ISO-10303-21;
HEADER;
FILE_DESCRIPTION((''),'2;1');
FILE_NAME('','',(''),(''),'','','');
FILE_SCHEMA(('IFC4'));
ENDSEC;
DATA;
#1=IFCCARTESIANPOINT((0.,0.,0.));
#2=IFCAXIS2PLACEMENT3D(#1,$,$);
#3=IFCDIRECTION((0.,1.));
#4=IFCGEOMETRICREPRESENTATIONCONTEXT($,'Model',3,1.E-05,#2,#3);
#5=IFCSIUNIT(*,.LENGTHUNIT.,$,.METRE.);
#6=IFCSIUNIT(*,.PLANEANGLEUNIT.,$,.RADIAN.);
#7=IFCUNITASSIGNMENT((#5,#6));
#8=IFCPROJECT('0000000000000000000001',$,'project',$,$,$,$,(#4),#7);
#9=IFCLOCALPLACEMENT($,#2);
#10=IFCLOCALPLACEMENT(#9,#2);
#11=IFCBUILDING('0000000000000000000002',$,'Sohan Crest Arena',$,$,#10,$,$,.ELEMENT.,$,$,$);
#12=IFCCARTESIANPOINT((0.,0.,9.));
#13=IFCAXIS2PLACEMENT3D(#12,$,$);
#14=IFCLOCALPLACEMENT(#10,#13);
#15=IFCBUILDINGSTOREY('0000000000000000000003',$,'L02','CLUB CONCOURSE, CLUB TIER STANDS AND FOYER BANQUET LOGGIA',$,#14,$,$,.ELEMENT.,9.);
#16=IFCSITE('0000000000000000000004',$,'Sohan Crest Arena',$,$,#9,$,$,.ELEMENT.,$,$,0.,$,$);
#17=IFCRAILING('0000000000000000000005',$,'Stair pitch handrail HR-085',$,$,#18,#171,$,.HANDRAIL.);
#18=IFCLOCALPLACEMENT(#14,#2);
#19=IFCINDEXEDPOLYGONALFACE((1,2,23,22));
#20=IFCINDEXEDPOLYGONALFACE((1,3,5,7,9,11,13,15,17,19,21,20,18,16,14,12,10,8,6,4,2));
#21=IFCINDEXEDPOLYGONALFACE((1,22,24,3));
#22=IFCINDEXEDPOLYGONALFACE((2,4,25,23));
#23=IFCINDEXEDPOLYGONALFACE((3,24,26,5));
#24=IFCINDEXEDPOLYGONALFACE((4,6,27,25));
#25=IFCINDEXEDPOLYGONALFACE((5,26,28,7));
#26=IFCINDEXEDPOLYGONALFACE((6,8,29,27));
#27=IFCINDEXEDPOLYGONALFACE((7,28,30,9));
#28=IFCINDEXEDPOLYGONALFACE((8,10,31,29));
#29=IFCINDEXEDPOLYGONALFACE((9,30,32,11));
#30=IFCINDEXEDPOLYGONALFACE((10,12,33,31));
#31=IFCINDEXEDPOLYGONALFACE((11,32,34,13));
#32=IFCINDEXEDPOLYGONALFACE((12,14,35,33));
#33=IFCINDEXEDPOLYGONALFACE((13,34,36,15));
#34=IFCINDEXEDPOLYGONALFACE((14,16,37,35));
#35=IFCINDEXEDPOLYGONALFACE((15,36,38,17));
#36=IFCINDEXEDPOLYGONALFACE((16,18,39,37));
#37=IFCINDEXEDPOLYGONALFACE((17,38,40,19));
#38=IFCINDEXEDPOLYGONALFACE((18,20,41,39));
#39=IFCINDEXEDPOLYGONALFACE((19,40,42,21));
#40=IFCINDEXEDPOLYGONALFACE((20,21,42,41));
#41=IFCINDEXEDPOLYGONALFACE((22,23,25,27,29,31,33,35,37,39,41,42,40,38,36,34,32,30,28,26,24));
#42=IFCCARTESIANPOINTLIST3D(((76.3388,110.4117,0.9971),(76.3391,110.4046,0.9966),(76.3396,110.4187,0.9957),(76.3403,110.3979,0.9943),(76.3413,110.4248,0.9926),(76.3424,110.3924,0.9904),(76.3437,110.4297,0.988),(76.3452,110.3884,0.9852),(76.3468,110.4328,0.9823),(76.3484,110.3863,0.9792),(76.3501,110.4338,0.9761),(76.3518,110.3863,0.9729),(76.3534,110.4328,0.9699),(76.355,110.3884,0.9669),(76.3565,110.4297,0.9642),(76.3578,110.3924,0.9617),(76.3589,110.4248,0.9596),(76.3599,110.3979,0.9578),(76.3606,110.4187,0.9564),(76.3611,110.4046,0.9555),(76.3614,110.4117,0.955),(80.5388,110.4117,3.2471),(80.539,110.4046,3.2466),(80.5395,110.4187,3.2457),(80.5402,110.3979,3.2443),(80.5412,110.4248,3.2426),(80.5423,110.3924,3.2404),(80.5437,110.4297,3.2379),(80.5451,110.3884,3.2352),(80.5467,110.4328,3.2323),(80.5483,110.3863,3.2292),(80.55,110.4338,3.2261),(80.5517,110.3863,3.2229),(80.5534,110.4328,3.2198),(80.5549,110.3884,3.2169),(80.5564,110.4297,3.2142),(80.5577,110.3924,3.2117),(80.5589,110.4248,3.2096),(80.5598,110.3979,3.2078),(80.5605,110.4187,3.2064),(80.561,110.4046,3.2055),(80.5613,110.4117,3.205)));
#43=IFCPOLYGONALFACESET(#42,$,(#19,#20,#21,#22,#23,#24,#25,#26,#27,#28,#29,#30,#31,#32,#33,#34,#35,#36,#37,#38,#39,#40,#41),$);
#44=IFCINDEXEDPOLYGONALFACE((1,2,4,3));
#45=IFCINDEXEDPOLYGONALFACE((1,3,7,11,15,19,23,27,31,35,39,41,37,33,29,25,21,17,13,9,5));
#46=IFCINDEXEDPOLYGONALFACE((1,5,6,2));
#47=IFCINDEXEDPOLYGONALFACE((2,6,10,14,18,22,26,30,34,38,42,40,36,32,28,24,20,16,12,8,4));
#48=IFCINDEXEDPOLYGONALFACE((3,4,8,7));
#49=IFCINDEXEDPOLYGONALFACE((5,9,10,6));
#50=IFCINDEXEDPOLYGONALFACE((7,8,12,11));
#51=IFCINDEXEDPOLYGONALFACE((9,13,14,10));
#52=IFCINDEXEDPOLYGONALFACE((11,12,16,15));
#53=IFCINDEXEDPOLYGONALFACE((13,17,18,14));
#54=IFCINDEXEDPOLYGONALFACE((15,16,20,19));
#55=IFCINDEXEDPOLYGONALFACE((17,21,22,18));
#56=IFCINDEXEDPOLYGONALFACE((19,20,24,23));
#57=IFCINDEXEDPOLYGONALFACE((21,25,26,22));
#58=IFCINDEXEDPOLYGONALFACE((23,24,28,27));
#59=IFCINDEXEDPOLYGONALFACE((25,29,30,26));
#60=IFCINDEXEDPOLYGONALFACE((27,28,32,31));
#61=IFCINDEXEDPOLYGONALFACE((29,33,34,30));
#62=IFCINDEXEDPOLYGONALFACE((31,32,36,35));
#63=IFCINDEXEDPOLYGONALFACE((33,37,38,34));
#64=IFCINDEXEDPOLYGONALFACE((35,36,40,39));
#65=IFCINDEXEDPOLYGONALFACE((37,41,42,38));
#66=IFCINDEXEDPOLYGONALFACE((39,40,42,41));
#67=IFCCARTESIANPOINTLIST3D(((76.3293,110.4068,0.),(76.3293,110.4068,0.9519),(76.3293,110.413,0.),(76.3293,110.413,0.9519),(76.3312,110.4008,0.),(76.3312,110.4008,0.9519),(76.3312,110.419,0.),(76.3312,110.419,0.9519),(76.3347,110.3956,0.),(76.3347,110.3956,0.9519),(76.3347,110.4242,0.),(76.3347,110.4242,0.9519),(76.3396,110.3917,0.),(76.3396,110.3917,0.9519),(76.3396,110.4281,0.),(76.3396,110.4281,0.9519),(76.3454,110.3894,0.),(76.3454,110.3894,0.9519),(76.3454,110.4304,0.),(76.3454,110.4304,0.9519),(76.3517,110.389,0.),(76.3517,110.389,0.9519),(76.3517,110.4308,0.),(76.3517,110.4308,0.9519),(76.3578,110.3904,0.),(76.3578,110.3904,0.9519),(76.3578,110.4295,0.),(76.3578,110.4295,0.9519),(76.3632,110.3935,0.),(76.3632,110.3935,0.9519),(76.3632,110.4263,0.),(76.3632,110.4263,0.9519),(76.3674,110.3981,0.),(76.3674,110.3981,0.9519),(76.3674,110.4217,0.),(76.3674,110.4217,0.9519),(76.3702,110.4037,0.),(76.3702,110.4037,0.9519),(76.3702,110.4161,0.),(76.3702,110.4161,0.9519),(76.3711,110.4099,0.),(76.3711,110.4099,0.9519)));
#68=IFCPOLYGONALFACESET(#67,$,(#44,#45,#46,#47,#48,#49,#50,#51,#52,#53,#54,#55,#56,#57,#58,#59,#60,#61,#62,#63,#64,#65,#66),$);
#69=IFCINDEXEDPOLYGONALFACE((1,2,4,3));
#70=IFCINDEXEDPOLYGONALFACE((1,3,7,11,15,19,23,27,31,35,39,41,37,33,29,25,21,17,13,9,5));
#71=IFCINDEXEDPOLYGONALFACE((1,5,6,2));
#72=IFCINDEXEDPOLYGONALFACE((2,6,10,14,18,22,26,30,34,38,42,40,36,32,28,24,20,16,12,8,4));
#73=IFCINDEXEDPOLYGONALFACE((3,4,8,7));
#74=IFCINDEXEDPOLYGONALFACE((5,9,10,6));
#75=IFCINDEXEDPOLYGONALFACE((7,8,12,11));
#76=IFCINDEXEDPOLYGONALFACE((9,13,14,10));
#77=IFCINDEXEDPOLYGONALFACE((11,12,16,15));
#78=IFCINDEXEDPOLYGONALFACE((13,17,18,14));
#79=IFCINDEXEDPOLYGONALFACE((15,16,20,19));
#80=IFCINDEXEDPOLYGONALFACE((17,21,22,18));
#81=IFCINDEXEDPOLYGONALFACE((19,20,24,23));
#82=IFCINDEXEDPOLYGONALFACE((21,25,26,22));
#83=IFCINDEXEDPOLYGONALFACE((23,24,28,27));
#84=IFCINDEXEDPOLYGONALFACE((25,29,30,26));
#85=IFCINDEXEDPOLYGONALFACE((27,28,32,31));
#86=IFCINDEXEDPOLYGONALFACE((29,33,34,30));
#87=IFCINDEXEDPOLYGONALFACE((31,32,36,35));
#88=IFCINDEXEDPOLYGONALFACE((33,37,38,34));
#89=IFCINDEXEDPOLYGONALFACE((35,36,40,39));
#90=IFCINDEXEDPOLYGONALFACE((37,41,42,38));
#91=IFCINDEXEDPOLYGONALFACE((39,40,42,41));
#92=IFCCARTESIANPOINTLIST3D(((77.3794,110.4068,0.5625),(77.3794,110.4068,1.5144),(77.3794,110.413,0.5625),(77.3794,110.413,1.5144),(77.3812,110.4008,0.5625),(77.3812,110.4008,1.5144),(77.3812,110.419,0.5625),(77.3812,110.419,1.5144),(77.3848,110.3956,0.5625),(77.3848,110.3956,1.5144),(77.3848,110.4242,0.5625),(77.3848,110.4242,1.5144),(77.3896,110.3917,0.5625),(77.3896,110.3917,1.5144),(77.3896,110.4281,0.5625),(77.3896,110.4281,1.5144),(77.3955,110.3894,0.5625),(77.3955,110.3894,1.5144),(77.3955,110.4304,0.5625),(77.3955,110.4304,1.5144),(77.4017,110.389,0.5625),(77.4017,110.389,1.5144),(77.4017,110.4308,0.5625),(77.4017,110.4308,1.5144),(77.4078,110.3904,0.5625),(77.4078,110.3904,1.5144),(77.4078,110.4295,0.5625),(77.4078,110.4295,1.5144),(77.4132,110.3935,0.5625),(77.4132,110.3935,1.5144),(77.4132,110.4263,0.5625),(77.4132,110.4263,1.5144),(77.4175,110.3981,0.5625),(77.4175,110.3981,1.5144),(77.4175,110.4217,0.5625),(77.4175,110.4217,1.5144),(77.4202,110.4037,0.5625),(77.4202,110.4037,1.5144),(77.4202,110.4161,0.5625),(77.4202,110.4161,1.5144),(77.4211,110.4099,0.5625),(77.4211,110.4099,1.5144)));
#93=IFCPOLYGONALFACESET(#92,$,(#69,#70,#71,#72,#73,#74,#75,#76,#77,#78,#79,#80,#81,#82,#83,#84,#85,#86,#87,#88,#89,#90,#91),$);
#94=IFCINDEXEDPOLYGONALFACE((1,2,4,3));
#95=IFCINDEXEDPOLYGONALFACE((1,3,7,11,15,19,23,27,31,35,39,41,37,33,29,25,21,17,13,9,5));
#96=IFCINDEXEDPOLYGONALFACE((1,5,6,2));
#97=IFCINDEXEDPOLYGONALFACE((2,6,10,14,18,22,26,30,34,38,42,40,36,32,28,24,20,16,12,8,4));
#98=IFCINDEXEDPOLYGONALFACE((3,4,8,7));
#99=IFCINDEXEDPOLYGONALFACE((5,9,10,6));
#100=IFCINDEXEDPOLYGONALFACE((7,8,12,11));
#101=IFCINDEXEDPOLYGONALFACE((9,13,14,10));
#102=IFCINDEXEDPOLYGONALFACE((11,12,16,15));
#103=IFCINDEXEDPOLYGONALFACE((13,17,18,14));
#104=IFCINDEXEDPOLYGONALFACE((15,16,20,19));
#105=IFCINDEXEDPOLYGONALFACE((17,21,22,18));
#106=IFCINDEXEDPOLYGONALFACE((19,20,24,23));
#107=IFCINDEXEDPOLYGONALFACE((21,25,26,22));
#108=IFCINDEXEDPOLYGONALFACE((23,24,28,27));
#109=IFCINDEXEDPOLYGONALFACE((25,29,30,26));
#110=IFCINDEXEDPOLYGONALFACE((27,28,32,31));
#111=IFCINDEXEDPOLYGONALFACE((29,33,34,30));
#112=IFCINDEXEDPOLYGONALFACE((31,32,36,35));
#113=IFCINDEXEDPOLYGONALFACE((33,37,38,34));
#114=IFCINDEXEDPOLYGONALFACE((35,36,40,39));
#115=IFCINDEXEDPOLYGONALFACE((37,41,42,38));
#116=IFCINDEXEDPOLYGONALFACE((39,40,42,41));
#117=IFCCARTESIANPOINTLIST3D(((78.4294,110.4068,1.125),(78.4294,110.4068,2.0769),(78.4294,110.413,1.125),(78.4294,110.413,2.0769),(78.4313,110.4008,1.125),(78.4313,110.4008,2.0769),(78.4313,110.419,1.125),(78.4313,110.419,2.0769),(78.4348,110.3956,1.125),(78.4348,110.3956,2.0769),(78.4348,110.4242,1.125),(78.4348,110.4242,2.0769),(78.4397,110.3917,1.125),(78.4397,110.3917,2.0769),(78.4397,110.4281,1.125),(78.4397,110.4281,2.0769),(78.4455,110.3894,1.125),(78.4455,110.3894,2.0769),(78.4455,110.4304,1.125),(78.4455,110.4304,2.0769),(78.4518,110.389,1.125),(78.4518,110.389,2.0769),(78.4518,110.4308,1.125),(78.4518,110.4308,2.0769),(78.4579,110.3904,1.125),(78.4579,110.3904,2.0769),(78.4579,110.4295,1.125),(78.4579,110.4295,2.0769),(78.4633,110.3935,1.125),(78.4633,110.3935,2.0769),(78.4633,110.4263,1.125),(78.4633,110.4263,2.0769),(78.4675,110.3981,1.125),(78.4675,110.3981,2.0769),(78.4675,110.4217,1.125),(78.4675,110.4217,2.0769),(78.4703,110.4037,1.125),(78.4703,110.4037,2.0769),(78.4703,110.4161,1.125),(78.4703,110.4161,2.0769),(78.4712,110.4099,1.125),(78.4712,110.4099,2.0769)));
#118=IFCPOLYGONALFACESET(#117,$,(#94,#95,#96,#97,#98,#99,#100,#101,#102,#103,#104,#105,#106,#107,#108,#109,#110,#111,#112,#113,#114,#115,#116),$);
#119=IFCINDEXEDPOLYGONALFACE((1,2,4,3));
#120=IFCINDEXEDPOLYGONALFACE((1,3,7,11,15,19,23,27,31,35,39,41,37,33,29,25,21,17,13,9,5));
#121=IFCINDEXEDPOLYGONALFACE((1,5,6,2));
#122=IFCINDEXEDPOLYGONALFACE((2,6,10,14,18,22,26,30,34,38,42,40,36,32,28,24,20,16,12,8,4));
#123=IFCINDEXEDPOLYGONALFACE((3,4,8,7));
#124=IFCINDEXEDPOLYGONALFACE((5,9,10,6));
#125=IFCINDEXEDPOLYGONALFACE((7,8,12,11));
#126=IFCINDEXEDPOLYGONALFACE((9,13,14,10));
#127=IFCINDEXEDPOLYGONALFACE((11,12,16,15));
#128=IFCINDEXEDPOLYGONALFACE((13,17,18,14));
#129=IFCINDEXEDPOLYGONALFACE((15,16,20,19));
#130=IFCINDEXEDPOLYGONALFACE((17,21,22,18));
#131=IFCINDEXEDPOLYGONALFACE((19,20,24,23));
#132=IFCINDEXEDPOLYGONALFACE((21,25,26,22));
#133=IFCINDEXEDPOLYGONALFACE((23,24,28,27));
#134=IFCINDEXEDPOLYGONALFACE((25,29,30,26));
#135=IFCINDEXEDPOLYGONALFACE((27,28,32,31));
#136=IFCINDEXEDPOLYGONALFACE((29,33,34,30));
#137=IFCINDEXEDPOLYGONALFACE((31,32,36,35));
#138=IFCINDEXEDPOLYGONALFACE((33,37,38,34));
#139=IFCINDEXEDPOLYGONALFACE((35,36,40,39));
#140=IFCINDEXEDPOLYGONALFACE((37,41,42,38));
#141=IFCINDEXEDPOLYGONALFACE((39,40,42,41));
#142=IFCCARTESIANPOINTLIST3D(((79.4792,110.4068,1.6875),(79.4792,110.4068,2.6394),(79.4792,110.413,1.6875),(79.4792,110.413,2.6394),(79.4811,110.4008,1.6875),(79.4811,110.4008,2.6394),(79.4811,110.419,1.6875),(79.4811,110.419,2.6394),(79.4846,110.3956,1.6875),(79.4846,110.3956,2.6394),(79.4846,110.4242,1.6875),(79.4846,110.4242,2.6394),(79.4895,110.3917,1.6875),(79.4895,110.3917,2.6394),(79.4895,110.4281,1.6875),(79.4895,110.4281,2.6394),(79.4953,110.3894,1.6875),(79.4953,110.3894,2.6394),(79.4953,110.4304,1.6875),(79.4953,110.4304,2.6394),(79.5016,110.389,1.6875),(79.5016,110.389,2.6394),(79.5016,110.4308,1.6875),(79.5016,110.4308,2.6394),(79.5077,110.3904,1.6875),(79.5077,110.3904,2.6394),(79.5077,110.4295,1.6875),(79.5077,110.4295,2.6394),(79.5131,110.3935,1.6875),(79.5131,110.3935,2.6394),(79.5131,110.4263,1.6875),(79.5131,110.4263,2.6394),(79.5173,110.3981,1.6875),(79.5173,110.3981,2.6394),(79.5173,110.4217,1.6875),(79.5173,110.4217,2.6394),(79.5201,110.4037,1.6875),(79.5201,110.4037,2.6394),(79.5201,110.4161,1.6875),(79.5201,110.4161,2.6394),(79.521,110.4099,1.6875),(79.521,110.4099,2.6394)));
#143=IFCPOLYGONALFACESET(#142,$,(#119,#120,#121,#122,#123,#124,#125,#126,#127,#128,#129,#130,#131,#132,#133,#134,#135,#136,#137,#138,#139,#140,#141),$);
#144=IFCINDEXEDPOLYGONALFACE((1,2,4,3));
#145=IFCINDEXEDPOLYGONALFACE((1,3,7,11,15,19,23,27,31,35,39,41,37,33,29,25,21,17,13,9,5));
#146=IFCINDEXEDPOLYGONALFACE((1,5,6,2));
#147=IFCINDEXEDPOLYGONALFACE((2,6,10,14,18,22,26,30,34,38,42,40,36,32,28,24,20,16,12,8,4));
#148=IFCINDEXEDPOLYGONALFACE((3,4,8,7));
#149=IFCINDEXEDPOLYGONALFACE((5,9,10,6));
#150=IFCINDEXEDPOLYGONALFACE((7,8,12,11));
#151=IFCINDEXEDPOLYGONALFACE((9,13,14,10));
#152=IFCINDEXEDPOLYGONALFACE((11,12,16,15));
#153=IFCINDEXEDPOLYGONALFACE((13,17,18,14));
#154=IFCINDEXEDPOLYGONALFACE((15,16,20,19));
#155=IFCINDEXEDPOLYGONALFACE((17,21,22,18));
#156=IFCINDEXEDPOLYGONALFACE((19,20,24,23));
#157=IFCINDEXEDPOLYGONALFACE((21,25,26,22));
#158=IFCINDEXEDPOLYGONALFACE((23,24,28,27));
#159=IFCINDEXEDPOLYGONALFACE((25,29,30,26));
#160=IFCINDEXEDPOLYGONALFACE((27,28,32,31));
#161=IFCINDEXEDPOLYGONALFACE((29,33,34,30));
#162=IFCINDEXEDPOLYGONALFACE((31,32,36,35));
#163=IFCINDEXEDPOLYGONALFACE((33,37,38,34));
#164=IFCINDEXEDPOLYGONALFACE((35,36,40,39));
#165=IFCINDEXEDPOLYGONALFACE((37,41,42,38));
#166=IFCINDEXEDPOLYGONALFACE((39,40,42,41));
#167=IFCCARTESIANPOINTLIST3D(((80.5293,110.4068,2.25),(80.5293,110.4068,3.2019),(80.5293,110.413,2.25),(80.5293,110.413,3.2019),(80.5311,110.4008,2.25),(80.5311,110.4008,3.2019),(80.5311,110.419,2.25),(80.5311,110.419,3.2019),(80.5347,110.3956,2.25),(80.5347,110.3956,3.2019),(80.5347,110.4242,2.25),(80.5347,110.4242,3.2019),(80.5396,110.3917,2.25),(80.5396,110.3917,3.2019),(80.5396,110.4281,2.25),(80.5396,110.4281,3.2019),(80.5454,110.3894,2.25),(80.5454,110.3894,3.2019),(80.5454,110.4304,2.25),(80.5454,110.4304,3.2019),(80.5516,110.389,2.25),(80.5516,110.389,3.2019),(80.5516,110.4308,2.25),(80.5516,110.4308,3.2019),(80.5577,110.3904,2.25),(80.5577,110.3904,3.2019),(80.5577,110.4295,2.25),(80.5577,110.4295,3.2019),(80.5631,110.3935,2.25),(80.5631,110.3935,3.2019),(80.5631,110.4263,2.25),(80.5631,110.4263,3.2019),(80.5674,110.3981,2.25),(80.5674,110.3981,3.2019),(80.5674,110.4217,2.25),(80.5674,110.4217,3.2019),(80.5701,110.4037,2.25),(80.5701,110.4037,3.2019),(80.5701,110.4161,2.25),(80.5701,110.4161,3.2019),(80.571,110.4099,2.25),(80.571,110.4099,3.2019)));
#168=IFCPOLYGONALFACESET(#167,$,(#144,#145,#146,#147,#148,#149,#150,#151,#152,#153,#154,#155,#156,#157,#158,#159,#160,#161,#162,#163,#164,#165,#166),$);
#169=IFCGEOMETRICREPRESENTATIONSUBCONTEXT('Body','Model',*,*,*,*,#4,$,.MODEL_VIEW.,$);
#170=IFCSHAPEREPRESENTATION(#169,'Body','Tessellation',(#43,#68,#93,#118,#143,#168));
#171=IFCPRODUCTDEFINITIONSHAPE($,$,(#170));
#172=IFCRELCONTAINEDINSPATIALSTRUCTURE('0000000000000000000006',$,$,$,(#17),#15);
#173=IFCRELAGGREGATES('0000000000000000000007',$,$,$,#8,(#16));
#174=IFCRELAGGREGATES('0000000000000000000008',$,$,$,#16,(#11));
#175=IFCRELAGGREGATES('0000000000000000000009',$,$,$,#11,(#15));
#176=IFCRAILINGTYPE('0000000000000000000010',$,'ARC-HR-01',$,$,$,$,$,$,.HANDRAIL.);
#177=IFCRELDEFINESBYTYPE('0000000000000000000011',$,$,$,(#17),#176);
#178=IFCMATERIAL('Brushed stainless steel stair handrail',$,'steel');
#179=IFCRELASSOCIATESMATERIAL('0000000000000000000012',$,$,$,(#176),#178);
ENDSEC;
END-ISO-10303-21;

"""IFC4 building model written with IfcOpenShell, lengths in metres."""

from ifc_helpers import new_model, si_unit, direction, frame, origin, origin_2d, place, context, subcontext, project, spatial, circle, extrude, material, type_object, element, save


model = new_model("IFC4")

# Units and contexts
model_context = context("Model", 3, precision=1e-05, world=origin(), true_north=direction((0.0, 1.0)))
body_context = subcontext(model_context, "Body", "Model", "MODEL_VIEW")
ifc_project = project(units=[si_unit("LENGTHUNIT", "METRE"), si_unit("PLANEANGLEUNIT", "RADIAN")], contexts=[model_context])

# Site, building, storey
site_placement = place(None, origin())
site = spatial("IfcSite", under=ifc_project, at=site_placement, Name="Sohan Crest Arena", CompositionType="ELEMENT", RefElevation=0.0)
building_placement = place(site_placement, origin())
building = spatial("IfcBuilding", under=site, at=building_placement, Name="Sohan Crest Arena", CompositionType="ELEMENT")
storey_placement = place(building_placement, frame((0.0, 0.0, 9.0)))
storey = spatial("IfcBuildingStorey", under=building, at=storey_placement, Name="L02", Description="CLUB CONCOURSE, CLUB TIER STANDS AND FOYER BANQUET LOGGIA", CompositionType="ELEMENT", Elevation=9.0)

# Railing
ifc_material_1 = material(Name="Brushed stainless steel stair handrail", Category="steel")
railing_type_1 = type_object("IfcRailingType", Name="ARC-HR-01", PredefinedType="HANDRAIL", material=ifc_material_1)
railing_1_placement = place(storey_placement, frame((76.3501, 110.4099, 0.0)))
element("IfcRailing", 1, at=railing_1_placement, inside=storey, type_object=railing_type_1, Name="Stair pitch handrail HR-085", PredefinedType="HANDRAIL", context=body_context, shape_type="SweptSolid", body=[
    extrude(circle(Radius=0.0239, at=origin_2d()), frame((0.0, 0.0, 0.9761), z_axis=(0.881478, 0.0, 0.472226), x_axis=(0.0, 1.0, 0.0)), (0.0, 0.0, 1.0), 4.7646),
    extrude(circle(Radius=0.021, at=origin_2d()), origin(), (0.0, 0.0, 1.0), 0.9519),
    extrude(circle(Radius=0.021, at=origin_2d()), frame((1.05, 0.0, 0.5625)), (0.0, 0.0, 1.0), 0.9519),
    extrude(circle(Radius=0.021, at=origin_2d()), frame((2.1001, 0.0, 1.125)), (0.0, 0.0, 1.0), 0.9519),
    extrude(circle(Radius=0.021, at=origin_2d()), frame((3.1499, 0.0, 1.6875)), (0.0, 0.0, 1.0), 0.9519),
    extrude(circle(Radius=0.021, at=origin_2d()), frame((4.2, 0.0, 2.25)), (0.0, 0.0, 1.0), 0.9519),
])

save(model, "model.ifc")
